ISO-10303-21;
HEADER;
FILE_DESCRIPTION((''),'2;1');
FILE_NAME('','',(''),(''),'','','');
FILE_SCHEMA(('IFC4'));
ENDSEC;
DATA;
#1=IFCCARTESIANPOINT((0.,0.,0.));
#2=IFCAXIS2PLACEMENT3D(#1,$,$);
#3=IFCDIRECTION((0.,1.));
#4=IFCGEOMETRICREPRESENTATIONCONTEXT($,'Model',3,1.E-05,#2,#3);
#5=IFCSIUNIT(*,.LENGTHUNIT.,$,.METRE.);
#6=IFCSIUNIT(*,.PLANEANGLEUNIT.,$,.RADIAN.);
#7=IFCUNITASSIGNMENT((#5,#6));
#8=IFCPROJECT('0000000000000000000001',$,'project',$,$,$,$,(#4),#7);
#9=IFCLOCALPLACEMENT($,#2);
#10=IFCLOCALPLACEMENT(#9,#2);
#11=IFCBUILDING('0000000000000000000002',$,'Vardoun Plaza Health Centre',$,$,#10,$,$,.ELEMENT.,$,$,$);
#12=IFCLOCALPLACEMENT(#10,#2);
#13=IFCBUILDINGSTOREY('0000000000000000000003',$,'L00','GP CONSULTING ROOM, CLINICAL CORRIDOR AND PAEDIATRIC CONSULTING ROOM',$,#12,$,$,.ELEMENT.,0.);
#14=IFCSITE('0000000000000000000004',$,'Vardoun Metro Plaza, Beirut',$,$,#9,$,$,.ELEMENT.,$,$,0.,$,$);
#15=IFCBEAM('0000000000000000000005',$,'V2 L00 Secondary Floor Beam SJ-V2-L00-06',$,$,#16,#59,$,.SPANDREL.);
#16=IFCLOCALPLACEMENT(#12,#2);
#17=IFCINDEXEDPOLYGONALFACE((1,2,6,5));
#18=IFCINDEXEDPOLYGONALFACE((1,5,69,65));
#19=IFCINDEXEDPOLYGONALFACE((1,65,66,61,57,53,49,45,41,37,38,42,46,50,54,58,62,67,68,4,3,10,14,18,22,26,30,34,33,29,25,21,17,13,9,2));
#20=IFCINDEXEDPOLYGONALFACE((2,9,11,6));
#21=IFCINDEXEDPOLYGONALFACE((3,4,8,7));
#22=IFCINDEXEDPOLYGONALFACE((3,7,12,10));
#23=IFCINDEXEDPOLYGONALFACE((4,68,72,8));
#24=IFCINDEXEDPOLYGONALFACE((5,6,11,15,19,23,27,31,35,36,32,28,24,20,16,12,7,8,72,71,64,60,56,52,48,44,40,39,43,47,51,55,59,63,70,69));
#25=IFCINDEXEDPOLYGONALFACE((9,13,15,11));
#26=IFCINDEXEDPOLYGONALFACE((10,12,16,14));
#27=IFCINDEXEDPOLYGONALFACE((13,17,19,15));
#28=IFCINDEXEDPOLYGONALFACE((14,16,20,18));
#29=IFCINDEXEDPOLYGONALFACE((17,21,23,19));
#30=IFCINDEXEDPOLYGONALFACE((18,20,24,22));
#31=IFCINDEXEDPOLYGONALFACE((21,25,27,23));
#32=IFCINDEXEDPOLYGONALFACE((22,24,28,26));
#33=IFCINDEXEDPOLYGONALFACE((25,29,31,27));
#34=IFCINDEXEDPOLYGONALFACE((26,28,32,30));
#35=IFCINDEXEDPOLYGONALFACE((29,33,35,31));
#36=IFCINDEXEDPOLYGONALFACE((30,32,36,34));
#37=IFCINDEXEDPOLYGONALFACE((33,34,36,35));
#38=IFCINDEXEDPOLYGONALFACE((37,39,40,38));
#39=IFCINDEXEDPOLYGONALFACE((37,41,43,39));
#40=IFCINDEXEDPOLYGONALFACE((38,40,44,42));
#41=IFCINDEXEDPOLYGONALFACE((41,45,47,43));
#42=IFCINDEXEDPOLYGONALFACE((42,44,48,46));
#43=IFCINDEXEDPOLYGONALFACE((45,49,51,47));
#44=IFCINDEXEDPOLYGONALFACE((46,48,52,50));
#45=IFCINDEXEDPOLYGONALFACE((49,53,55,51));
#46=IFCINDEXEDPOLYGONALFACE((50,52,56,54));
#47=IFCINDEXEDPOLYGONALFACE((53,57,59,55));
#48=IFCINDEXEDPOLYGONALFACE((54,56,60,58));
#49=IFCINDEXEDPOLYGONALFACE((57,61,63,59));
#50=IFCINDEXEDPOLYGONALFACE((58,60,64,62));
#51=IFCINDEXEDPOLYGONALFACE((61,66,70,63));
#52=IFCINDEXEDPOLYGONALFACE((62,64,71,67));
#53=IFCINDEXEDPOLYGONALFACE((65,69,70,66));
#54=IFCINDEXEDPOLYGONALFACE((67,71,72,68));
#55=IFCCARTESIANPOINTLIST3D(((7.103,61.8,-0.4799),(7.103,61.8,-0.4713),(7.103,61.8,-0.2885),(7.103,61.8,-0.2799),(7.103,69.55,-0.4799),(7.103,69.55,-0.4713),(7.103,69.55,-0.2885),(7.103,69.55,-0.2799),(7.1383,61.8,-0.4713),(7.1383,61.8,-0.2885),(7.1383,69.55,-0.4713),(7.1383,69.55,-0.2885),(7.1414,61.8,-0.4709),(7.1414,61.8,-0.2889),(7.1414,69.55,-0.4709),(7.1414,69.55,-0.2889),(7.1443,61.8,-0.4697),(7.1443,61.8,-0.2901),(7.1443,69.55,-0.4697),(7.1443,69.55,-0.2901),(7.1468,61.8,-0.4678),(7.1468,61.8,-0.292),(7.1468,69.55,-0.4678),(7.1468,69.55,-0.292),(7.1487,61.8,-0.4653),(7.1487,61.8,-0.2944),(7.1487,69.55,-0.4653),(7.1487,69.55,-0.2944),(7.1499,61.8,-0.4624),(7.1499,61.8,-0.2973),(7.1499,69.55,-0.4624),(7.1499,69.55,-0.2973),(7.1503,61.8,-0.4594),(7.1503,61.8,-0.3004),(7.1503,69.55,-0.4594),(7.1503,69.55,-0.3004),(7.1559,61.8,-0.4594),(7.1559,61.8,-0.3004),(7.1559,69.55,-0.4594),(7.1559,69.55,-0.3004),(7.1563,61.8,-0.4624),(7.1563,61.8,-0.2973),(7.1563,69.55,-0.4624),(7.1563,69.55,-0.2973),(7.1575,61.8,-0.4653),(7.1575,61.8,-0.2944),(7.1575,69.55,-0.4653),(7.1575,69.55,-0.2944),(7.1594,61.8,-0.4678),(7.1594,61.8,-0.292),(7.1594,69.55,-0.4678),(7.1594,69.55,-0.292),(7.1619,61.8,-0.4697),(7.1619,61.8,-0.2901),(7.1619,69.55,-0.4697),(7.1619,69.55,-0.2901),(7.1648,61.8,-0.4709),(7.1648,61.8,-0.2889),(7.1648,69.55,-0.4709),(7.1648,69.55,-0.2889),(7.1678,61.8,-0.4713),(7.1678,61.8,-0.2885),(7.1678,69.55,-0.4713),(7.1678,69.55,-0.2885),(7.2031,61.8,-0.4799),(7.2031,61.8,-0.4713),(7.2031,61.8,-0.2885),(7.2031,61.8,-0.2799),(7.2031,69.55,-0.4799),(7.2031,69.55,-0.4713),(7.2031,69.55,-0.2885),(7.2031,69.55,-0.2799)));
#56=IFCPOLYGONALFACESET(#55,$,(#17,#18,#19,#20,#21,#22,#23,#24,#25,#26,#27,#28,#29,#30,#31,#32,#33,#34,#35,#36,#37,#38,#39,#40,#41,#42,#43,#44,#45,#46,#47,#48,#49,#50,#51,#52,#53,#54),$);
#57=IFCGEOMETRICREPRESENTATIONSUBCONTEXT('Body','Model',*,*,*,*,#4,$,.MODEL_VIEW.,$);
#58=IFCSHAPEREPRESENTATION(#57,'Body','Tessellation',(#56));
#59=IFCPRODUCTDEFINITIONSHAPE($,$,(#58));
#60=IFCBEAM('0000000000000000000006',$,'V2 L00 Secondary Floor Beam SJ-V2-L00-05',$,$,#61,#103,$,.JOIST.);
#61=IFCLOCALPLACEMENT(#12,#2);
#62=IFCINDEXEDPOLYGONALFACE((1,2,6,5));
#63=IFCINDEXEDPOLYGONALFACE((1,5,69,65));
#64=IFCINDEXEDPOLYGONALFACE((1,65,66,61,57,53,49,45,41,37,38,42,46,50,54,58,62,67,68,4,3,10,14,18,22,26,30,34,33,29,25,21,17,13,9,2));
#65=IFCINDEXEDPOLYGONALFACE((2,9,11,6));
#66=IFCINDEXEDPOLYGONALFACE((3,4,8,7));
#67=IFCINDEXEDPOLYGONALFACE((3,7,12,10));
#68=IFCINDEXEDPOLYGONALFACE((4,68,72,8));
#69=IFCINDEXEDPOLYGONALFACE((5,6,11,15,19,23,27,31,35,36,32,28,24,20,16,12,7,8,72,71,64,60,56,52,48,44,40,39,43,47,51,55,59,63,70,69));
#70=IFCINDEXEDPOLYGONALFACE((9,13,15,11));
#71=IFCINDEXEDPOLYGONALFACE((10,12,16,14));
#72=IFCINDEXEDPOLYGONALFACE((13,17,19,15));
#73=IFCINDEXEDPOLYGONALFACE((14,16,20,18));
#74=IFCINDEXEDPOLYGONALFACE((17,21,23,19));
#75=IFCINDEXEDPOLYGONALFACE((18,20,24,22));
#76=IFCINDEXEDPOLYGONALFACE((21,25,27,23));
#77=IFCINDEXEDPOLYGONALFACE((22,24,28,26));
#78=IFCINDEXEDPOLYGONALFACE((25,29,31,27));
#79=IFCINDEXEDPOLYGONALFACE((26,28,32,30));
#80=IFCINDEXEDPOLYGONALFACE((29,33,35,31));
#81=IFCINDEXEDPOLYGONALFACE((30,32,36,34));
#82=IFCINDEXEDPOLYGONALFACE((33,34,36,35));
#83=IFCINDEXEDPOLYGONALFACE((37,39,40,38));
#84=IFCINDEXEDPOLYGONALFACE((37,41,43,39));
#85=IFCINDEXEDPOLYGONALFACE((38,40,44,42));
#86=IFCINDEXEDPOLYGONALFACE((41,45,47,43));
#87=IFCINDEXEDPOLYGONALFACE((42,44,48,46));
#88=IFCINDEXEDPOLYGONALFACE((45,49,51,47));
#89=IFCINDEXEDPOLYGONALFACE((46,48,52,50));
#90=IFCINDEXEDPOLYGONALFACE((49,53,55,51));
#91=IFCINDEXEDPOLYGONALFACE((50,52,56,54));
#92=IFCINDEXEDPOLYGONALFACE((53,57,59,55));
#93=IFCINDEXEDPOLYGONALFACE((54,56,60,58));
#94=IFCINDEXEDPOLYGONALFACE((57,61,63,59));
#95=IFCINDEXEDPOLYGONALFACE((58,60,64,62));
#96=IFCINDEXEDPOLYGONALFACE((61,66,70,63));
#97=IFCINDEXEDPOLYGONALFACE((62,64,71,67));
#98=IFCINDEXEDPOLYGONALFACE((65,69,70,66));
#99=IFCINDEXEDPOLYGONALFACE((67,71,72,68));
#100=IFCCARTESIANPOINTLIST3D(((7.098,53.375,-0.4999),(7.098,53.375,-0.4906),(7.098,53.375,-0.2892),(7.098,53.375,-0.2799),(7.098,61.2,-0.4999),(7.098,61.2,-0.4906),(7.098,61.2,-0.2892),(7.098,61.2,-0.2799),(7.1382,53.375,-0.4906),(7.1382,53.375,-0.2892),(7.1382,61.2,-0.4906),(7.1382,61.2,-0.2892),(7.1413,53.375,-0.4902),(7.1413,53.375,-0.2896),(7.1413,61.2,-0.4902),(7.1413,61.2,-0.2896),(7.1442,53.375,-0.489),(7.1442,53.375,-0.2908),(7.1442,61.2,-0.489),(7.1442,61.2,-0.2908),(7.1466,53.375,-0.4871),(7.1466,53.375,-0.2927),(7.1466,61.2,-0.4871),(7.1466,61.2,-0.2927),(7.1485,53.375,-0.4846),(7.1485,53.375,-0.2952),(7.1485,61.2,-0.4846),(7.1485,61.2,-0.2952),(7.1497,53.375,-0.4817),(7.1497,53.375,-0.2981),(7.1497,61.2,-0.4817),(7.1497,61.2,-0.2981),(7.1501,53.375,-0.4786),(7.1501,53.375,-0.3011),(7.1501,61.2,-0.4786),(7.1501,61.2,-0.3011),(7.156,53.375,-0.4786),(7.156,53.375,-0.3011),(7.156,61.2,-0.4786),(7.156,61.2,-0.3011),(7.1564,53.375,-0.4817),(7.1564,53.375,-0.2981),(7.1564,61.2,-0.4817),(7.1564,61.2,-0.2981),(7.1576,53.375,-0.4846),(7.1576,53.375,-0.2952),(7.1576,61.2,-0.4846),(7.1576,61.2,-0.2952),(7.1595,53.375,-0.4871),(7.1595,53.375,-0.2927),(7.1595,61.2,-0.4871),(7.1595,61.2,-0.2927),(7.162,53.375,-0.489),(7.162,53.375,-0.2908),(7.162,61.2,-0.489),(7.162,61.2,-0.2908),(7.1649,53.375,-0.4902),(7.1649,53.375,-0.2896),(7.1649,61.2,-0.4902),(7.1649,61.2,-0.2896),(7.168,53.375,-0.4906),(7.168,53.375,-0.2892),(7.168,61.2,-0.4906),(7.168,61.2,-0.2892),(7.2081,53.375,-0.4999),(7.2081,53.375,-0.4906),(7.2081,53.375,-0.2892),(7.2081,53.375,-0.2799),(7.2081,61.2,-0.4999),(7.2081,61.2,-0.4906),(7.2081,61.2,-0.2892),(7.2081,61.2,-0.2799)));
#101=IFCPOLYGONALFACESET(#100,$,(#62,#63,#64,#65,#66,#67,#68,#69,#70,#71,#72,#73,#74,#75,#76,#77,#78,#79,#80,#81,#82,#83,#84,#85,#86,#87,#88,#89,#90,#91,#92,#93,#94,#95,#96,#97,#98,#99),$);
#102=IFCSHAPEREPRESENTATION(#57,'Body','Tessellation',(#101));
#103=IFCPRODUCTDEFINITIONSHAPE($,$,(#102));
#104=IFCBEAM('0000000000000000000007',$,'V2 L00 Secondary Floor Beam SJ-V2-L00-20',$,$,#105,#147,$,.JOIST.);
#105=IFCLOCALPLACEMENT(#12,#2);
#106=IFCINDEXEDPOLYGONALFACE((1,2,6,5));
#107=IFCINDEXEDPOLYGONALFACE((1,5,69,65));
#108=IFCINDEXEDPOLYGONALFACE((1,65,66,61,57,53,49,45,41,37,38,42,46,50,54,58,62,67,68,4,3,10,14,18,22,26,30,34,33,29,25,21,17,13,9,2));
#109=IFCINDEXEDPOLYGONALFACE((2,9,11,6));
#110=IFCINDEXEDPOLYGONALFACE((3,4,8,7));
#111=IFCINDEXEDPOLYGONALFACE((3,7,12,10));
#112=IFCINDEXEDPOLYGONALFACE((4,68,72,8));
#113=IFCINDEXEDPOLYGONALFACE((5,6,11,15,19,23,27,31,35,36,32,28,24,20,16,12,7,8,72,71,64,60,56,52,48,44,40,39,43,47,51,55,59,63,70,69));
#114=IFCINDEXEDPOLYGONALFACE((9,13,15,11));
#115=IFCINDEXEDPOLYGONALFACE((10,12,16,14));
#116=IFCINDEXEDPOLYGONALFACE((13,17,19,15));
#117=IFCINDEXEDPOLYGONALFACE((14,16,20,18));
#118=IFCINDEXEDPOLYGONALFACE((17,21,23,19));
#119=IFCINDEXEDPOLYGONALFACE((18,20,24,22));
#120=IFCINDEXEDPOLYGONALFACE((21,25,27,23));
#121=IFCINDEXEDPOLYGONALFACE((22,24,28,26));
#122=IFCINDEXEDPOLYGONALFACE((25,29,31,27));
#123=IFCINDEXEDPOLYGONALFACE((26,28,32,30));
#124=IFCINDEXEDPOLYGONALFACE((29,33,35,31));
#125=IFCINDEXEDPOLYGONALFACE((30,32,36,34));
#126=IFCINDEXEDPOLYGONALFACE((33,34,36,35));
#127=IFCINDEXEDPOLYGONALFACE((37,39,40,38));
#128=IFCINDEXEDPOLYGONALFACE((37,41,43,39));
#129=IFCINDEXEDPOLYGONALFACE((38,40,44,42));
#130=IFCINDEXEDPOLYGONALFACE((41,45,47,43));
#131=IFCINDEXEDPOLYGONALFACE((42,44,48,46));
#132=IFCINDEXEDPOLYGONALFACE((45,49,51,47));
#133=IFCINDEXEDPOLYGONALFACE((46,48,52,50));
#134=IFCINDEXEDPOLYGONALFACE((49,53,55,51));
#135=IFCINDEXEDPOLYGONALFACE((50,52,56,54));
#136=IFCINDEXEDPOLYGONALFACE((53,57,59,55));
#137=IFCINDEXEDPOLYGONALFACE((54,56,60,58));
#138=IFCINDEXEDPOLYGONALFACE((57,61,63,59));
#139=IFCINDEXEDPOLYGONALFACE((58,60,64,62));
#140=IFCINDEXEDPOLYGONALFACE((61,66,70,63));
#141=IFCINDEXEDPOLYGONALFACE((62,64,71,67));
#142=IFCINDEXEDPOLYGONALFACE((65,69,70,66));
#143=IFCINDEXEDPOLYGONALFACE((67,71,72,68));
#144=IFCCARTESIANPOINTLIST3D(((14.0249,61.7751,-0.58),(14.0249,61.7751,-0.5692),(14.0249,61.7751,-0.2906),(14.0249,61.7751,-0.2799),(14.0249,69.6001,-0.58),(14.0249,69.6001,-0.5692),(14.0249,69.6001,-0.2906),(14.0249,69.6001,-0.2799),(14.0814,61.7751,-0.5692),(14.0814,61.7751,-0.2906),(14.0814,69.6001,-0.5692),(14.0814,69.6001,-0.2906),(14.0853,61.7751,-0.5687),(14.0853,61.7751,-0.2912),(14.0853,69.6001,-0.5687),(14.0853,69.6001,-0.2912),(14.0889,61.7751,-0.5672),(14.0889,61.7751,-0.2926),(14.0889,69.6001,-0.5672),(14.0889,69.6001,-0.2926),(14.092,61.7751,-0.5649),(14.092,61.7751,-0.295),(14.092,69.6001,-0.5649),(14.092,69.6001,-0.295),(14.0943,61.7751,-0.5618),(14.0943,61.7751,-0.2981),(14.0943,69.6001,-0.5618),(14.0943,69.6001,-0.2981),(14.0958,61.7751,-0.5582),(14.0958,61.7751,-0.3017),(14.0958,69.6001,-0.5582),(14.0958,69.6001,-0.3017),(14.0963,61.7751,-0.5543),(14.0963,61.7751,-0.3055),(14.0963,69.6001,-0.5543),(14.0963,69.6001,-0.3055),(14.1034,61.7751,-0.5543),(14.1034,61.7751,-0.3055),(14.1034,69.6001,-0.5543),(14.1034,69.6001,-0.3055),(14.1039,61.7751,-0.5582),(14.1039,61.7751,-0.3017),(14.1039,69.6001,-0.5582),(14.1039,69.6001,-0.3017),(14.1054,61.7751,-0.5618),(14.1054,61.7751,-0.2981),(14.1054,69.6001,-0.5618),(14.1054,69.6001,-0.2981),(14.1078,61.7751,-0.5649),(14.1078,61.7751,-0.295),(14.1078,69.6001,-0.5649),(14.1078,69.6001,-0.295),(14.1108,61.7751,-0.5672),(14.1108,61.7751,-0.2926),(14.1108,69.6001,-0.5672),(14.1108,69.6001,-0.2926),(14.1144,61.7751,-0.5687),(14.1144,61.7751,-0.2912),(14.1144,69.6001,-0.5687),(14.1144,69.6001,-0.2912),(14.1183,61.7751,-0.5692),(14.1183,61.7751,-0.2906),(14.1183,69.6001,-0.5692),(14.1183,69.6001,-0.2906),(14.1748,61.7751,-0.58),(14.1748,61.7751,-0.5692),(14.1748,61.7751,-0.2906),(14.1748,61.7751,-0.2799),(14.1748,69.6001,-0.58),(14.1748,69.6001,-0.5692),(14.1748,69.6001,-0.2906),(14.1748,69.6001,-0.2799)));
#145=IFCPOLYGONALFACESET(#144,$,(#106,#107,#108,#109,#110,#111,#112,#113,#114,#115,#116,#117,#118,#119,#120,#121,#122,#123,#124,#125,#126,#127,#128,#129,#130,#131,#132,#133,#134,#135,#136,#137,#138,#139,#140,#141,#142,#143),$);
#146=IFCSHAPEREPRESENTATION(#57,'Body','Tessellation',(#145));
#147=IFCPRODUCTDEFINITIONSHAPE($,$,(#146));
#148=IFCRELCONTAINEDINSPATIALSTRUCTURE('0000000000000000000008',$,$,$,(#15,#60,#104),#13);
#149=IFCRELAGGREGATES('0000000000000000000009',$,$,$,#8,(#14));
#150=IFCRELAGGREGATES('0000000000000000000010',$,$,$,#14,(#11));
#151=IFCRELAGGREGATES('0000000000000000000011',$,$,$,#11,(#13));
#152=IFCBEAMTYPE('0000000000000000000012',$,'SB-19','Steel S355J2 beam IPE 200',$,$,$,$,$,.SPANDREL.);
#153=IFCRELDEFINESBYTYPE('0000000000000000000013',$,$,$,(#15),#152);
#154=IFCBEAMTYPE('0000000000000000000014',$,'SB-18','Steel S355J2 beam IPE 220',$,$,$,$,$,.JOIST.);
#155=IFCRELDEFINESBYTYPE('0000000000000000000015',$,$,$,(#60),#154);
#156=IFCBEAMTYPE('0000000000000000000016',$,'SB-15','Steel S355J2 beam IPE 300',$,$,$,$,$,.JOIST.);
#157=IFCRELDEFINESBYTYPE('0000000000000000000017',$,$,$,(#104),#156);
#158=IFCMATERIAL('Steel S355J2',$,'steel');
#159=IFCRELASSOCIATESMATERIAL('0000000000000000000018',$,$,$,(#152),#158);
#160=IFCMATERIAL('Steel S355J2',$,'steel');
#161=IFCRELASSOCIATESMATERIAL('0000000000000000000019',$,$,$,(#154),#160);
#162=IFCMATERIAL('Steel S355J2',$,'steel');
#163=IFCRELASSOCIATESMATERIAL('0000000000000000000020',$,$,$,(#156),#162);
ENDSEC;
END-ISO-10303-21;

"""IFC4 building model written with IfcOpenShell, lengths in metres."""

from ifc_helpers import new_model, si_unit, direction, frame, origin, origin_2d, place, context, subcontext, project, spatial, i_section, extrude, material, material_profile, profile_set, type_object, element, save


model = new_model("IFC4")

# Units and contexts
model_context = context("Model", 3, precision=1e-05, world=origin(), true_north=direction((0.0, 1.0)))
body_context = subcontext(model_context, "Body", "Model", "MODEL_VIEW")
ifc_project = project(units=[si_unit("LENGTHUNIT", "METRE"), si_unit("PLANEANGLEUNIT", "RADIAN")], contexts=[model_context])

# Site, building, storey
site_placement = place(None, origin())
site = spatial("IfcSite", under=ifc_project, at=site_placement, Name="Vardoun Metro Plaza, Beirut", CompositionType="ELEMENT", RefElevation=0.0)
building_placement = place(site_placement, origin())
building = spatial("IfcBuilding", under=site, at=building_placement, Name="Vardoun Plaza Health Centre", CompositionType="ELEMENT")
storey_placement = place(building_placement, origin())
storey = spatial("IfcBuildingStorey", under=building, at=storey_placement, Name="L00", Description="GP CONSULTING ROOM, CLINICAL CORRIDOR AND PAEDIATRIC CONSULTING ROOM", CompositionType="ELEMENT", Elevation=0.0)

# Beams
ifc_material_1 = material(Name="Steel S355J2", Category="steel")
ifc_material_profile_1 = material_profile(ifc_material_1, i_section(OverallWidth=0.1001, OverallDepth=0.2, WebThickness=0.0056, FlangeThickness=0.0085, FilletRadius=0.012, at=origin_2d()), Name="IPE 200")
ifc_profile_set_1 = profile_set([ifc_material_profile_1], Name="Steel S355J2")
beam_type_1 = type_object("IfcBeamType", Name="SB-19", Description="Steel S355J2 beam IPE 200", PredefinedType="SPANDREL", material=ifc_profile_set_1)
beam_1_placement = place(storey_placement, frame((7.1531, 61.8, -0.3799), z_axis=(0.0, 1.0, 0.0), x_axis=(-1.0, 0.0, 0.0)))
element("IfcBeam", 1, at=beam_1_placement, inside=storey, type_object=beam_type_1, Name="V2 L00 Secondary Floor Beam SJ-V2-L00-06", PredefinedType="SPANDREL", context=body_context, shape_type="SweptSolid", body=[
    extrude(i_section(OverallWidth=0.1001, OverallDepth=0.2, WebThickness=0.0056, FlangeThickness=0.0085, FilletRadius=0.012, at=origin_2d()), origin(), (0.0, 0.0, 1.0), 7.75),
])
ifc_material_2 = material(Name="Steel S355J2", Category="steel")
ifc_material_profile_2 = material_profile(ifc_material_2, i_section(OverallWidth=0.1101, OverallDepth=0.22, WebThickness=0.0059, FlangeThickness=0.0093, FilletRadius=0.012, at=origin_2d()), Name="IPE 220")
ifc_profile_set_2 = profile_set([ifc_material_profile_2], Name="Steel S355J2")
beam_type_2 = type_object("IfcBeamType", Name="SB-18", Description="Steel S355J2 beam IPE 220", PredefinedType="JOIST", material=ifc_profile_set_2)
beam_2_placement = place(storey_placement, frame((7.1531, 53.375, -0.3899), z_axis=(0.0, 1.0, 0.0), x_axis=(-1.0, 0.0, 0.0)))
element("IfcBeam", 2, at=beam_2_placement, inside=storey, type_object=beam_type_2, Name="V2 L00 Secondary Floor Beam SJ-V2-L00-05", PredefinedType="JOIST", context=body_context, shape_type="SweptSolid", body=[
    extrude(i_section(OverallWidth=0.1101, OverallDepth=0.22, WebThickness=0.0059, FlangeThickness=0.0093, FilletRadius=0.012, at=origin_2d()), origin(), (0.0, 0.0, 1.0), 7.825),
])
ifc_material_3 = material(Name="Steel S355J2", Category="steel")
ifc_material_profile_3 = material_profile(ifc_material_3, i_section(OverallWidth=0.1499, OverallDepth=0.3, WebThickness=0.0071, FlangeThickness=0.0107, FilletRadius=0.0149, at=origin_2d()), Name="IPE 300")
ifc_profile_set_3 = profile_set([ifc_material_profile_3], Name="Steel S355J2")
beam_type_3 = type_object("IfcBeamType", Name="SB-15", Description="Steel S355J2 beam IPE 300", PredefinedType="JOIST", material=ifc_profile_set_3)
beam_3_placement = place(storey_placement, frame((14.0999, 61.7751, -0.4299), z_axis=(0.0, 1.0, 0.0), x_axis=(-1.0, 0.0, 0.0)))
element("IfcBeam", 3, at=beam_3_placement, inside=storey, type_object=beam_type_3, Name="V2 L00 Secondary Floor Beam SJ-V2-L00-20", PredefinedType="JOIST", context=body_context, shape_type="SweptSolid", body=[
    extrude(i_section(OverallWidth=0.1499, OverallDepth=0.3, WebThickness=0.0071, FlangeThickness=0.0107, FilletRadius=0.0149, at=origin_2d()), origin(), (0.0, 0.0, 1.0), 7.825),
])

save(model, "model.ifc")
